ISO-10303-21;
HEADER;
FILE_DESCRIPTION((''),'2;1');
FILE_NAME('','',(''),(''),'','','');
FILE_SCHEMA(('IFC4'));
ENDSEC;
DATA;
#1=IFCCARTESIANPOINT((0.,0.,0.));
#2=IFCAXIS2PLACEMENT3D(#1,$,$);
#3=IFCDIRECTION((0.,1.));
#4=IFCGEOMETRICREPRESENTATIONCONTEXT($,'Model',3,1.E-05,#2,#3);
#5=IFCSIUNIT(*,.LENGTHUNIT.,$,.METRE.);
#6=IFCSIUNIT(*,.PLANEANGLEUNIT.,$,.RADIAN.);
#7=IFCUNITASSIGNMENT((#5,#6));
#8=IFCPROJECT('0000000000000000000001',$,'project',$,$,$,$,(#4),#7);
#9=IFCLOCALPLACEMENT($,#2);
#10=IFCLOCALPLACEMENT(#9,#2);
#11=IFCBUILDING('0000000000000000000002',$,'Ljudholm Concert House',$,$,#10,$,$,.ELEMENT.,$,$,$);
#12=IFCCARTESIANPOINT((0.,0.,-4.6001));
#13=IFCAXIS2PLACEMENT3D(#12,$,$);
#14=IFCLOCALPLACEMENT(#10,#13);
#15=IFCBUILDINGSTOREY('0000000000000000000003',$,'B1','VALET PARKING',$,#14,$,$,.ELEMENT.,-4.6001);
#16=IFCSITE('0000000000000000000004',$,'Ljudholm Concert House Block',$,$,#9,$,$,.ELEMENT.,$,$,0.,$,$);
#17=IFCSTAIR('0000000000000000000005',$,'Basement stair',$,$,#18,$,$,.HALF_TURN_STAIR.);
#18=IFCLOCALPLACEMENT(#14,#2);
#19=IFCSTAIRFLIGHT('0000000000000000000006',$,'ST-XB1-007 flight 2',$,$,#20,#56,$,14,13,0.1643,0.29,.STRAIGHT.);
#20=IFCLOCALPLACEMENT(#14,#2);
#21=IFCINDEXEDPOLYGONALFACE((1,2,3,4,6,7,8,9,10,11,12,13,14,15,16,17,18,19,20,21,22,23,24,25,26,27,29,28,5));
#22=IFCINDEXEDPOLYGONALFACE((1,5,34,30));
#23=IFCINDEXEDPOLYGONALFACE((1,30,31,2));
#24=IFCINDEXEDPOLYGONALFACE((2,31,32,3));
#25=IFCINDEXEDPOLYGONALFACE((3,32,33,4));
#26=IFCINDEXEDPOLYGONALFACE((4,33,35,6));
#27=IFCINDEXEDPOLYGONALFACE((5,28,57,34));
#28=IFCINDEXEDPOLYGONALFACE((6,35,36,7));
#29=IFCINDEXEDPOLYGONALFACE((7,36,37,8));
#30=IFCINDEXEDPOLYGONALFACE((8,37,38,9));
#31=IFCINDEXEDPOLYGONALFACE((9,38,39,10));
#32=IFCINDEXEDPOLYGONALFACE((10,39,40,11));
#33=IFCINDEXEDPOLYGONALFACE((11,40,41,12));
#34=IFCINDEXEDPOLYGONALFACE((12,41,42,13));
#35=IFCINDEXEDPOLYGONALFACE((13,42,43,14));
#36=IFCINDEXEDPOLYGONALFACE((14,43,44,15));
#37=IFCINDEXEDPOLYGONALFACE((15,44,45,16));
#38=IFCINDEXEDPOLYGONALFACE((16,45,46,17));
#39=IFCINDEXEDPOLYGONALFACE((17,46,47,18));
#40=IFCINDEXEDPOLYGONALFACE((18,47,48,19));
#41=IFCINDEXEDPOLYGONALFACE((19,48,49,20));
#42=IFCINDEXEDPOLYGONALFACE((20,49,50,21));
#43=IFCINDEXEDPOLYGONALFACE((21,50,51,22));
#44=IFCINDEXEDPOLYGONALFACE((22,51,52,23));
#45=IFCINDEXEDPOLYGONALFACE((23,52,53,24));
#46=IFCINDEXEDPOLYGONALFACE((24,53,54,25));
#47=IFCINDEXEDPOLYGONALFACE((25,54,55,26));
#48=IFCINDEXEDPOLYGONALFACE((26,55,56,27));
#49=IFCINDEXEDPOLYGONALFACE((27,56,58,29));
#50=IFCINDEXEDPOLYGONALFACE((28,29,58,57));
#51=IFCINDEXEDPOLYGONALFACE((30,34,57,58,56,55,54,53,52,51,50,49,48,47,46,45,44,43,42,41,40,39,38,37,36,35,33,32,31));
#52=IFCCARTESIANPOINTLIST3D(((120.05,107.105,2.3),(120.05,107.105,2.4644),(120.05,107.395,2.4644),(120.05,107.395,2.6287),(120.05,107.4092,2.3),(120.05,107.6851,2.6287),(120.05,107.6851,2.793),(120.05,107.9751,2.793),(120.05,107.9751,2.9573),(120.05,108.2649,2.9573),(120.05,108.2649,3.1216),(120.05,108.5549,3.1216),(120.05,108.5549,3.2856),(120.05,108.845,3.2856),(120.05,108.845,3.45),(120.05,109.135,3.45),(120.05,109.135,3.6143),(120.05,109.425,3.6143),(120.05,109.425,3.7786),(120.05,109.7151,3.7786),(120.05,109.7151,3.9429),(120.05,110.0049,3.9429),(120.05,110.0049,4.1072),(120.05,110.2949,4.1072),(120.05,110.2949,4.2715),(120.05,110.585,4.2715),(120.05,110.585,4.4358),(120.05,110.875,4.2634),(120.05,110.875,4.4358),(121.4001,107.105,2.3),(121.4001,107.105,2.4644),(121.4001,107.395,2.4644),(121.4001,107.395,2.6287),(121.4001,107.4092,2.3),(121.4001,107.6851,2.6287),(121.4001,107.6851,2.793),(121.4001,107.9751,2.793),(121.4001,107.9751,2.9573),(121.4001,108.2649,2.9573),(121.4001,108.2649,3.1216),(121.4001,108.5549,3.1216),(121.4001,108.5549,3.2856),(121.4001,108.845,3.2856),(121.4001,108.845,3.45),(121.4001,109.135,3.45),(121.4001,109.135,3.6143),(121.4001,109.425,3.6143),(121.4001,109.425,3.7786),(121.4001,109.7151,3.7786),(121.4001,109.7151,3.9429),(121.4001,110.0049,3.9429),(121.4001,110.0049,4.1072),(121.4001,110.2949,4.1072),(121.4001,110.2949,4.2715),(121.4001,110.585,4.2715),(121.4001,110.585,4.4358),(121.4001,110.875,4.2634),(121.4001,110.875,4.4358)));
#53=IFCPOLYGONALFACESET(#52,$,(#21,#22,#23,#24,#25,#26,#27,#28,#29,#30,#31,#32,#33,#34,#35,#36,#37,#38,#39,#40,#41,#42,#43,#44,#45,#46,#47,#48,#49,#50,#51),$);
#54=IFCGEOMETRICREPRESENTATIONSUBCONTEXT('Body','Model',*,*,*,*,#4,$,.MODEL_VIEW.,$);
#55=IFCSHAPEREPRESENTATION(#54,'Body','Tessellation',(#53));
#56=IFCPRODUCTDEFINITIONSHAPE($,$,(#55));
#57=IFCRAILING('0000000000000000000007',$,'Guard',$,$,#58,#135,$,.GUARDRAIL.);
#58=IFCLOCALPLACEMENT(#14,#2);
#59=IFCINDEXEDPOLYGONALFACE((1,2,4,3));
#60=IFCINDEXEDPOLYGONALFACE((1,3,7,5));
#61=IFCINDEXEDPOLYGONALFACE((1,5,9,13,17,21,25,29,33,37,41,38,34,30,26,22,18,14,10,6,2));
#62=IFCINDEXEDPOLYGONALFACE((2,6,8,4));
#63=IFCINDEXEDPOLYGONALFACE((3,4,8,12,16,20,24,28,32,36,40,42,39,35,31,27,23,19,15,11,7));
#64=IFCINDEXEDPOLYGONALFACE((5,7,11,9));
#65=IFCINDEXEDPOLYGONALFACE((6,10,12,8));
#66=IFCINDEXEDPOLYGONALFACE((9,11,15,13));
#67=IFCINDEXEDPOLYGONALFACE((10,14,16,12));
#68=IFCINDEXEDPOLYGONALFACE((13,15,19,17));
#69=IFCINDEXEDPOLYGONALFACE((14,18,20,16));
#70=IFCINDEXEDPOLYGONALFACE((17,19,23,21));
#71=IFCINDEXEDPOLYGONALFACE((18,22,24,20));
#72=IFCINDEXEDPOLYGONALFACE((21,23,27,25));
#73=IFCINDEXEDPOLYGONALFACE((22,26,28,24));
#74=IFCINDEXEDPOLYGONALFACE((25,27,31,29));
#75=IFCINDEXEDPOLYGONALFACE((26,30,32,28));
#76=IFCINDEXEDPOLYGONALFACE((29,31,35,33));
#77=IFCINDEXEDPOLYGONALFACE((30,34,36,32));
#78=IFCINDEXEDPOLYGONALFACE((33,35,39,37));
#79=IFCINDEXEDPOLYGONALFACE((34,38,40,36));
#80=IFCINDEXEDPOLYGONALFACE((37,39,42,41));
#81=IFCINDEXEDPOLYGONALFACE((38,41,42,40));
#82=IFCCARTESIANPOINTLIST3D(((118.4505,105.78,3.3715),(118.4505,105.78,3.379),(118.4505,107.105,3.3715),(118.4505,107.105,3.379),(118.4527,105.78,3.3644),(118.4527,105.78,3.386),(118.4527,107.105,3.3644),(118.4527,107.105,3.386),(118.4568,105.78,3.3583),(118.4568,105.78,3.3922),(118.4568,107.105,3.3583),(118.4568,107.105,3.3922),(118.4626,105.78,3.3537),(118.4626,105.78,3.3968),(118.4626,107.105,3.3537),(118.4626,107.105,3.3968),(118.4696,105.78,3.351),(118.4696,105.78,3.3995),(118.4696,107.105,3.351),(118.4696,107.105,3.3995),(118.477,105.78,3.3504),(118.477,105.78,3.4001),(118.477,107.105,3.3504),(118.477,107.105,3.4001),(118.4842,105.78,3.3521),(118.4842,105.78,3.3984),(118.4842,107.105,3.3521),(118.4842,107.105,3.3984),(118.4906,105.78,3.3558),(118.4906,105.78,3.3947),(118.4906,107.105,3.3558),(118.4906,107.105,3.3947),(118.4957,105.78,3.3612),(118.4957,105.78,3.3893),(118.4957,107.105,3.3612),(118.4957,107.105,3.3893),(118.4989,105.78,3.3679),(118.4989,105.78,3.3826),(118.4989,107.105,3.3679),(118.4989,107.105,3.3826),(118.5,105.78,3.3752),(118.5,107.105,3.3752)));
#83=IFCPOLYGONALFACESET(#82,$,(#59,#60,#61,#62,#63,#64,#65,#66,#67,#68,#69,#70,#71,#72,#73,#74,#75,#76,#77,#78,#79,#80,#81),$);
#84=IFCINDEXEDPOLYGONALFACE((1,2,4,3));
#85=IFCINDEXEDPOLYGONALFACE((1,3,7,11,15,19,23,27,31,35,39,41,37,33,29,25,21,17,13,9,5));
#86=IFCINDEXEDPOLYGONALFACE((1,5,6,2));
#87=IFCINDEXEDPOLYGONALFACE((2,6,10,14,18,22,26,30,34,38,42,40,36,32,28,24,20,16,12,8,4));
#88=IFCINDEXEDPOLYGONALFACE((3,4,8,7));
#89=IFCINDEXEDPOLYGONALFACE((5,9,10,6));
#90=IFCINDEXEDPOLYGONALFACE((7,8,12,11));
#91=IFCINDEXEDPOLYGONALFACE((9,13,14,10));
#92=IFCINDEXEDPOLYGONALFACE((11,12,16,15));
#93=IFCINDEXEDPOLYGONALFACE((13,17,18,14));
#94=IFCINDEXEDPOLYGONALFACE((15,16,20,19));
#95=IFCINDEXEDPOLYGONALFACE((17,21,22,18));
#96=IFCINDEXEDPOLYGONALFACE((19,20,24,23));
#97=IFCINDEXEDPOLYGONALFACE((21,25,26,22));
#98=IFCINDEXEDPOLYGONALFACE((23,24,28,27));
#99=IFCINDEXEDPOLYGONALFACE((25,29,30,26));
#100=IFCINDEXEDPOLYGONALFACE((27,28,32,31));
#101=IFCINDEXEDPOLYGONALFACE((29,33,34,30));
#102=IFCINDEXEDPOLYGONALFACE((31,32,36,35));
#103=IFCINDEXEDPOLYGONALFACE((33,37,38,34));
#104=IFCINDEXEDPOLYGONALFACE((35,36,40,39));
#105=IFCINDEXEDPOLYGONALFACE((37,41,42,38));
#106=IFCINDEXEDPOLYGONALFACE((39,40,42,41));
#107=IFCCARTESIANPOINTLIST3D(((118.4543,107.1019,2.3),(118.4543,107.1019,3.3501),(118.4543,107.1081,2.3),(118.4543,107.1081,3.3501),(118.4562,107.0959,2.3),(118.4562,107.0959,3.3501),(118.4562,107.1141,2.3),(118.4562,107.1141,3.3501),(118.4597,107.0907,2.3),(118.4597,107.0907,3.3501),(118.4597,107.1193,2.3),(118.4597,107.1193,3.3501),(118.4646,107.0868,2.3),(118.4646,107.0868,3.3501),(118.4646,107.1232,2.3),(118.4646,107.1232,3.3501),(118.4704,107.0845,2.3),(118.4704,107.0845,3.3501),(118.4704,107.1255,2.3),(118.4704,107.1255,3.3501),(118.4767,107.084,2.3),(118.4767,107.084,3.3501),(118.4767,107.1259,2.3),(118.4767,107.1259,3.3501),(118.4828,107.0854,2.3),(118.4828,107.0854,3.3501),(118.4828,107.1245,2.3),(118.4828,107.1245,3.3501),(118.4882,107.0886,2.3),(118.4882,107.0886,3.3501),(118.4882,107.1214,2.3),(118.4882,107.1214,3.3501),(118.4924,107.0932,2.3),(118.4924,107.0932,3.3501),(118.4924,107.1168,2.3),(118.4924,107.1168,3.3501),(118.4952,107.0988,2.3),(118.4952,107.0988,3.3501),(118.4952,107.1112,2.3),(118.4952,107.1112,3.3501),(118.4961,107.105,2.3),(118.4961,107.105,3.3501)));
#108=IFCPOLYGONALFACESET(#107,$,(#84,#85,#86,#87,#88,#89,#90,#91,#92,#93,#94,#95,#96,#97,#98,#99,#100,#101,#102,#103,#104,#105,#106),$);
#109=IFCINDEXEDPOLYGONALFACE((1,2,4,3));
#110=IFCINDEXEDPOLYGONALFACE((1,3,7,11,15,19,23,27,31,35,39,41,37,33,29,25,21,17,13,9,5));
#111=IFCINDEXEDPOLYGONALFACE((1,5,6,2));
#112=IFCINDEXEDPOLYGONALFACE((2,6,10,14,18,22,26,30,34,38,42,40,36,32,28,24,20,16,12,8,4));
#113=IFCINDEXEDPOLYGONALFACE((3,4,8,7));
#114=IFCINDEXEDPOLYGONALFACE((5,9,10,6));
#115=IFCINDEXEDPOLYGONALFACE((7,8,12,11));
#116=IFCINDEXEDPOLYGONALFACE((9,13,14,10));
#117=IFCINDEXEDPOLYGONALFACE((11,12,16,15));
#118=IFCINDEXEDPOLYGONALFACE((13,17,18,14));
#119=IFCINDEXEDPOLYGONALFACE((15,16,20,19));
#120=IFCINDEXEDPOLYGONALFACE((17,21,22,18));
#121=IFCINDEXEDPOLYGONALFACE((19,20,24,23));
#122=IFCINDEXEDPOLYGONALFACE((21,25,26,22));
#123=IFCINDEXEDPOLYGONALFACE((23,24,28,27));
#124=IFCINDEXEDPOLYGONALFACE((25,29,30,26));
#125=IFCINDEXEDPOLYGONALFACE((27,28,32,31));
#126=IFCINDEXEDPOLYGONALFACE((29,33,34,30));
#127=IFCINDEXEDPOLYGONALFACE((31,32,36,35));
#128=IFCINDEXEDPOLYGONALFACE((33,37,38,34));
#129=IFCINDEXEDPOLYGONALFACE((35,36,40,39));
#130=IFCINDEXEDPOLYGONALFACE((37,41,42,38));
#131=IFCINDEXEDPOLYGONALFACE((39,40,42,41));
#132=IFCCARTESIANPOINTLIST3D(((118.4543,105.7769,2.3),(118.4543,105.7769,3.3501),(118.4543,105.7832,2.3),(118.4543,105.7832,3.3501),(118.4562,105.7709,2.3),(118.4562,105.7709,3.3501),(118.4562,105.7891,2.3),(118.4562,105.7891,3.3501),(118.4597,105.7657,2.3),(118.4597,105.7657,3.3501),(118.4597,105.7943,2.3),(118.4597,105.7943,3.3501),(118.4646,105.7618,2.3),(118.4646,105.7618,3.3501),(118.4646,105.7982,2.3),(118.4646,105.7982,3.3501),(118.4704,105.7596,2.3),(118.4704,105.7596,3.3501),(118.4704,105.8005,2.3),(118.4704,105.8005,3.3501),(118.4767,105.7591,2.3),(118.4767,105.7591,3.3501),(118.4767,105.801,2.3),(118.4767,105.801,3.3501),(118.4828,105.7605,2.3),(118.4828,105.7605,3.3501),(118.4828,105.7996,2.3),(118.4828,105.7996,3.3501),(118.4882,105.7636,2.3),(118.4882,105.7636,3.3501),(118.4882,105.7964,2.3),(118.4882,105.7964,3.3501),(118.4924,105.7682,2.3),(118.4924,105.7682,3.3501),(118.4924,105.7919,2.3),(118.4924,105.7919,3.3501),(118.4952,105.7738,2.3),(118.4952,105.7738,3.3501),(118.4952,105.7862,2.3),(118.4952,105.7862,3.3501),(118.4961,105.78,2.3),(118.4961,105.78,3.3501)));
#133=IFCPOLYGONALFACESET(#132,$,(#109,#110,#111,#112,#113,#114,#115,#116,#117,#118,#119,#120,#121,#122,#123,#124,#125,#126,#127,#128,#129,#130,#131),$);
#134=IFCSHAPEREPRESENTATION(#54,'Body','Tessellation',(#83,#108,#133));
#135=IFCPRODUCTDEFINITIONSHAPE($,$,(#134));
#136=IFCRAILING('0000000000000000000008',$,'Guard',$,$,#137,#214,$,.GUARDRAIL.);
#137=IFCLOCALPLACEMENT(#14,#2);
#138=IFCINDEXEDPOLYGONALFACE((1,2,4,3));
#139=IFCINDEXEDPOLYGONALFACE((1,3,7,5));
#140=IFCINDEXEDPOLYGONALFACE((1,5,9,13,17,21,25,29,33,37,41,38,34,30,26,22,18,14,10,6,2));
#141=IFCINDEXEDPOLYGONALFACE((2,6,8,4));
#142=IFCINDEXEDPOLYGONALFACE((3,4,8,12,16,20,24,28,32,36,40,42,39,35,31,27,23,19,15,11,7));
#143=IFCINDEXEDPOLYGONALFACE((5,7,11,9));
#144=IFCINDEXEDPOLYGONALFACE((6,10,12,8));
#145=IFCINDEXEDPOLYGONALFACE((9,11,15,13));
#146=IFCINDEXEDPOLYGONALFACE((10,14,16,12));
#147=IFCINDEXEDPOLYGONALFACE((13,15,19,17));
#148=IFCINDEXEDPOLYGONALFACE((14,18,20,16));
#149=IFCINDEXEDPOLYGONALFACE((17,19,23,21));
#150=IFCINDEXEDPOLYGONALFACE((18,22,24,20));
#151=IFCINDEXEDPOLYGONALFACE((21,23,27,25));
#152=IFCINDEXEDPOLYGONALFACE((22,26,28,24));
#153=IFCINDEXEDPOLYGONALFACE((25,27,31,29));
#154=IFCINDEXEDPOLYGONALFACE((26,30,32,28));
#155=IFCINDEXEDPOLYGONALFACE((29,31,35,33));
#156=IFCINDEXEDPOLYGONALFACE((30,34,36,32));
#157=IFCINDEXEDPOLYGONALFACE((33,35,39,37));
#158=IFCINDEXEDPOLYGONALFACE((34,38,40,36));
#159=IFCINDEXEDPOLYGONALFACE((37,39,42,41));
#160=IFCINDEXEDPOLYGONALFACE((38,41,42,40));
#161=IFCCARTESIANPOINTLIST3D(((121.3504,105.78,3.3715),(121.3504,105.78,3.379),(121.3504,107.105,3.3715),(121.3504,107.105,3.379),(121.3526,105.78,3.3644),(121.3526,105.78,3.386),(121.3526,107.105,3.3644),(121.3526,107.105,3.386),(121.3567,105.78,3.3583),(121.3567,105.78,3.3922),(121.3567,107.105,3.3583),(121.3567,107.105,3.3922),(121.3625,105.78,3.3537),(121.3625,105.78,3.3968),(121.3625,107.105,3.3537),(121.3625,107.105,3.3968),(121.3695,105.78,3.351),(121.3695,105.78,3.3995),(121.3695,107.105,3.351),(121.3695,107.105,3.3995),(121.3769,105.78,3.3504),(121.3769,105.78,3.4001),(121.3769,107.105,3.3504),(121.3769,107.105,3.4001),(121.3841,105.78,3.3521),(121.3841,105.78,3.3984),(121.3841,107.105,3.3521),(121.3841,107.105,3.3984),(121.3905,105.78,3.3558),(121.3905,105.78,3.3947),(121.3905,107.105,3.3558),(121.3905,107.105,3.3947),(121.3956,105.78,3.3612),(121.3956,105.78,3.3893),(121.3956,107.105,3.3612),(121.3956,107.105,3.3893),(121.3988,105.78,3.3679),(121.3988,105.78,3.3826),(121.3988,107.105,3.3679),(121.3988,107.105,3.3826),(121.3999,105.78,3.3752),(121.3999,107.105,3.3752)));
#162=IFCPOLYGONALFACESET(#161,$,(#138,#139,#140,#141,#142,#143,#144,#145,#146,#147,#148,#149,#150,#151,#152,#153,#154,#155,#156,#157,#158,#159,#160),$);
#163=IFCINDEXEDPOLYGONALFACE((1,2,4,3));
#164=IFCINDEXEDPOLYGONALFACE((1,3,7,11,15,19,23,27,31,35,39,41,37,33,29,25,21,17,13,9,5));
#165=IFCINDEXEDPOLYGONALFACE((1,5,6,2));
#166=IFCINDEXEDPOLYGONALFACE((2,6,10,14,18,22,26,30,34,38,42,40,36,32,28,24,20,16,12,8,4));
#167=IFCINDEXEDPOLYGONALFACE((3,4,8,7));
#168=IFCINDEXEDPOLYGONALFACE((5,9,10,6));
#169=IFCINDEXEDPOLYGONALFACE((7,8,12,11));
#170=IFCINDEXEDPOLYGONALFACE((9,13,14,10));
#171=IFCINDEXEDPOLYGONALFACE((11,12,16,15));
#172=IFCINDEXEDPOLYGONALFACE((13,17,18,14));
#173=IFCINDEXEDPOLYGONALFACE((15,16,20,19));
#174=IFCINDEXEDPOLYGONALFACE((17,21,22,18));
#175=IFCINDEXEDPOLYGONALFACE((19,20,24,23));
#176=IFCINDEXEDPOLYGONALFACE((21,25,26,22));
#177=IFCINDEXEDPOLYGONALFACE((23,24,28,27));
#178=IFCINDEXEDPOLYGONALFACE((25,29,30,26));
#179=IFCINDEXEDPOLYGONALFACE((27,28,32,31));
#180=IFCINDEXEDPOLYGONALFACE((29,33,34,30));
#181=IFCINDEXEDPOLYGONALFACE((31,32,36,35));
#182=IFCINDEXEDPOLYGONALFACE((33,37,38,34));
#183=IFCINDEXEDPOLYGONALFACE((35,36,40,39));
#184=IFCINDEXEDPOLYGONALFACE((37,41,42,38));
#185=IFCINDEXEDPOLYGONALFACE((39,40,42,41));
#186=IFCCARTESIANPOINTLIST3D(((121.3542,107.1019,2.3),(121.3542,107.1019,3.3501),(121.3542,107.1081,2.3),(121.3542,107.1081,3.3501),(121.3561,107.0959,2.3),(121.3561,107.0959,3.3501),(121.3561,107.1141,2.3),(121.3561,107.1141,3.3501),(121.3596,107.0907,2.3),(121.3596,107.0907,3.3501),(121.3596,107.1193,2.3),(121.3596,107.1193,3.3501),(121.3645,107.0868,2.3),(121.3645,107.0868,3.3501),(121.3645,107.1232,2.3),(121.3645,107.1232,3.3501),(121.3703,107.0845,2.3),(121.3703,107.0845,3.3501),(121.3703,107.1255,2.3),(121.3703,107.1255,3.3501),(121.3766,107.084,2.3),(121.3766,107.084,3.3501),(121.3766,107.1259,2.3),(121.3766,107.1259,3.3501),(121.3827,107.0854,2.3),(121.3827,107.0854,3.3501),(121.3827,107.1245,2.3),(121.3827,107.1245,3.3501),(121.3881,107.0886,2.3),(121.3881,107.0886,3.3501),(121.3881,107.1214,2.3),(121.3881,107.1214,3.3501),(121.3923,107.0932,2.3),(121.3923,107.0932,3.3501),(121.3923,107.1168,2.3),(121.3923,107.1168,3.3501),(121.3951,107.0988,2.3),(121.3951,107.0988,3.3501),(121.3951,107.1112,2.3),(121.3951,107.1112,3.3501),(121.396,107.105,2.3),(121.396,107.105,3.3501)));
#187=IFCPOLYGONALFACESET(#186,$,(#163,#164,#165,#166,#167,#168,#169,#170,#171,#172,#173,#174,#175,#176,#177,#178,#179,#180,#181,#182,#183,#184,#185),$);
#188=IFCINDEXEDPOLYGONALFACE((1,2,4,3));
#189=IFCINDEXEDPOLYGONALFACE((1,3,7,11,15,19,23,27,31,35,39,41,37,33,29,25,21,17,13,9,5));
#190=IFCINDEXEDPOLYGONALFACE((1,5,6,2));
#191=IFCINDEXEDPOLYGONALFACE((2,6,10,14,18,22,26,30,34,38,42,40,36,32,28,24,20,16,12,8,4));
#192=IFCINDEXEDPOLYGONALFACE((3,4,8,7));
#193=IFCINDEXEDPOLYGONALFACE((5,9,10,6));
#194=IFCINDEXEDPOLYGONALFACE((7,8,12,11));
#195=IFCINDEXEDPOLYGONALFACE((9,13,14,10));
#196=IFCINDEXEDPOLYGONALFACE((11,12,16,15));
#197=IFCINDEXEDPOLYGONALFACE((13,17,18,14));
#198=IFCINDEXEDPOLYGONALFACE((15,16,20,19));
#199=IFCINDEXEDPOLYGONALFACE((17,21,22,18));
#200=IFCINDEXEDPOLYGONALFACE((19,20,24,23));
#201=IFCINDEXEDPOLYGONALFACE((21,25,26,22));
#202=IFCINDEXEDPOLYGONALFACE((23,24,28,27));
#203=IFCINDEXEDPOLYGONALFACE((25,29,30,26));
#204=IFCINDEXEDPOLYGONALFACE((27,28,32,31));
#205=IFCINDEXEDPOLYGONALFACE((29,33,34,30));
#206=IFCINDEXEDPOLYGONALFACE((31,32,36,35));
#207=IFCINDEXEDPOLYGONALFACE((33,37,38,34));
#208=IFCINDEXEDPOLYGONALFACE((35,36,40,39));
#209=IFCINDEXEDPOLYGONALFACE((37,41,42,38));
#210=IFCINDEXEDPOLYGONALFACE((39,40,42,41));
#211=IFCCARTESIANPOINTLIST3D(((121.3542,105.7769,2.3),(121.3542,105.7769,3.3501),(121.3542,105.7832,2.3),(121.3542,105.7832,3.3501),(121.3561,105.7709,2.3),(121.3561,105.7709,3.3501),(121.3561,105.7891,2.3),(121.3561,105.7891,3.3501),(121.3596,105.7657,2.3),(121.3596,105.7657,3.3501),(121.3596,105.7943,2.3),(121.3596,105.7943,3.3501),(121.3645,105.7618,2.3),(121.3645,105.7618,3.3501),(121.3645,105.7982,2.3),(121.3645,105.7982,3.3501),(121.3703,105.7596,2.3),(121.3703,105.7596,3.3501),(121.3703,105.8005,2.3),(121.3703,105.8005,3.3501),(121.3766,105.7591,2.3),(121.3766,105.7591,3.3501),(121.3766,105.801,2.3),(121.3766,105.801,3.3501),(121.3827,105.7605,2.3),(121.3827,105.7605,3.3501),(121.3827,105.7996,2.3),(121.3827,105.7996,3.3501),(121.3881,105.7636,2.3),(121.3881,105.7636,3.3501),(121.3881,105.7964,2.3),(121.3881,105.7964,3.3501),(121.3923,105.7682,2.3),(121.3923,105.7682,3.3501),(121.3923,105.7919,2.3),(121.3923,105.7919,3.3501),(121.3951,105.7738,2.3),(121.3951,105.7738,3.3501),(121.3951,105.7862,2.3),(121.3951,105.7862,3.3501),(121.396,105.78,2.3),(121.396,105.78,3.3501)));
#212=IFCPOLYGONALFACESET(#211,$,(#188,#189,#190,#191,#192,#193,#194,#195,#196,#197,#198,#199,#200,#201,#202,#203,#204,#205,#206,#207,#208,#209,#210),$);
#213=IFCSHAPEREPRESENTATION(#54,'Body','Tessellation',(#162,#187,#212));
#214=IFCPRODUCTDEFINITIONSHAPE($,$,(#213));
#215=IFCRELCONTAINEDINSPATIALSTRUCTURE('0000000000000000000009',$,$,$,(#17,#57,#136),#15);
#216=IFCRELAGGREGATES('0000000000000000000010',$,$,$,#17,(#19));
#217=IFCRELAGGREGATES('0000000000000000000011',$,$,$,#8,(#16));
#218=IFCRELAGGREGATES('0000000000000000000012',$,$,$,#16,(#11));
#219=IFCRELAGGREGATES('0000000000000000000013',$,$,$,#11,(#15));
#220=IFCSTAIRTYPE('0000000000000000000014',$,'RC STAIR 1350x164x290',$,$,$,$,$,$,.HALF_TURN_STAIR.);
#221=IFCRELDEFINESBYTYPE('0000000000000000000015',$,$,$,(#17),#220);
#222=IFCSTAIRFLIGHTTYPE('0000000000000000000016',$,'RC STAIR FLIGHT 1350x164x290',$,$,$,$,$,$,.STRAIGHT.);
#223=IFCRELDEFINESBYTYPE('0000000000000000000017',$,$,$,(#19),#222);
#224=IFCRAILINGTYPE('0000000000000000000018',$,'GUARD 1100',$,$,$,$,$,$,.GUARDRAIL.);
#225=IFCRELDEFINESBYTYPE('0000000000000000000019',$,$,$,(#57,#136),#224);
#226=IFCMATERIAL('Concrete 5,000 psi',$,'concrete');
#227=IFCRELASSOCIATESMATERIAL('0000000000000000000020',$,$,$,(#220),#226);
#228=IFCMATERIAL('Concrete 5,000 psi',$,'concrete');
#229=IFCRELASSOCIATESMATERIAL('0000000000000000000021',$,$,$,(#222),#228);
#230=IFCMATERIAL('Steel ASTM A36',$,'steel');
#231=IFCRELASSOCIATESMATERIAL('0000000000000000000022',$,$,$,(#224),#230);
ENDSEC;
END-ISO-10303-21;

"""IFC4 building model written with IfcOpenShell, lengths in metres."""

from ifc_helpers import new_model, si_unit, direction, frame, origin, origin_2d, place, context, subcontext, project, spatial, polyline, circle, outline, extrude, material, type_object, element, aggregate, save


model = new_model("IFC4")

# Units and contexts
model_context = context("Model", 3, precision=1e-05, world=origin(), true_north=direction((0.0, 1.0)))
body_context = subcontext(model_context, "Body", "Model", "MODEL_VIEW")
ifc_project = project(units=[si_unit("LENGTHUNIT", "METRE"), si_unit("PLANEANGLEUNIT", "RADIAN")], contexts=[model_context])

# Site, building, storey
site_placement = place(None, origin())
site = spatial("IfcSite", under=ifc_project, at=site_placement, Name="Ljudholm Concert House Block", CompositionType="ELEMENT", RefElevation=0.0)
building_placement = place(site_placement, origin())
building = spatial("IfcBuilding", under=site, at=building_placement, Name="Ljudholm Concert House", CompositionType="ELEMENT")
storey_placement = place(building_placement, frame((0.0, 0.0, -4.6001)))
storey = spatial("IfcBuildingStorey", under=building, at=storey_placement, Name="B1", Description="VALET PARKING", CompositionType="ELEMENT", Elevation=-4.6001)

# Stair, stair flight
ifc_material_1 = material(Name="Concrete 5,000 psi", Category="concrete")
stair_type = type_object("IfcStairType", Name="RC STAIR 1350x164x290", PredefinedType="HALF_TURN_STAIR", material=ifc_material_1)
stair_placement = place(storey_placement, origin())
stair = element("IfcStair", 1, at=stair_placement, inside=storey, type_object=stair_type, Name="Basement stair", PredefinedType="HALF_TURN_STAIR")
ifc_material_2 = material(Name="Concrete 5,000 psi", Category="concrete")
stair_flight_type = type_object("IfcStairFlightType", Name="RC STAIR FLIGHT 1350x164x290", PredefinedType="STRAIGHT", material=ifc_material_2)
stair_flight_1_placement = place(storey_placement, frame((120.7251, 107.105, 2.3), z_axis=(0.0, 0.0, 1.0), x_axis=(0.0, 1.0, 0.0)))
stair_flight_1 = element("IfcStairFlight", 2, at=stair_flight_1_placement, type_object=stair_flight_type, Name="ST-XB1-007 flight 2", NumberOfRisers=14, NumberOfTreads=13, PredefinedType="STRAIGHT", RiserHeight=0.1643, TreadLength=0.29, context=body_context, shape_type="SweptSolid", body=[
    extrude(outline(polyline([(0.0, 0.0), (0.0, 0.1643), (0.29, 0.1643), (0.29, 0.3286), (0.5801, 0.3286), (0.5801, 0.4929), (0.8701, 0.4929), (0.8701, 0.6572), (1.1599, 0.6572), (1.1599, 0.8215), (1.45, 0.8215), (1.45, 0.9856), (1.74, 0.9856), (1.74, 1.1499), (2.03, 1.1499), (2.03, 1.3142), (2.3201, 1.3142), (2.3201, 1.4785), (2.6101, 1.4785), (2.6101, 1.6428), (2.8999, 1.6428), (2.8999, 1.8071), (3.1899, 1.8071), (3.1899, 1.9714), (3.48, 1.9714), (3.48, 2.1357), (3.77, 2.1357), (3.77, 2.3), (3.77, 1.9634), (0.3042, 0.0), (0.0, 0.0)])), frame((0.0, 0.675, 0.0), z_axis=(0.0, -1.0, 0.0), x_axis=(1.0, 0.0, 0.0)), (0.0, 0.0, 1.0), 1.3501),
])
aggregate(stair, [stair_flight_1])

# Railings
ifc_material_3 = material(Name="Steel ASTM A36", Category="steel")
railing_type_1 = type_object("IfcRailingType", Name="GUARD 1100", PredefinedType="GUARDRAIL", material=ifc_material_3)
for number, where, name in (
    (3, (118.4751, 107.105, 2.3), "Guard"),
    (4, (121.375, 107.105, 2.3), "Guard"),
):
    element("IfcRailing", number, at=place(storey_placement, frame(where)), inside=storey, type_object=railing_type_1, Name=name, PredefinedType="GUARDRAIL", context=body_context, shape_type="SweptSolid", body=[
        extrude(circle(Radius=0.0249, at=origin_2d()), frame((0.0, 0.0, 1.0752), z_axis=(0.0, -1.0, 0.0), x_axis=(1.0, 0.0, 0.0)), (0.0, 0.0, 1.0), 1.325),
        extrude(circle(Radius=0.021, at=origin_2d()), origin(), (0.0, 0.0, 1.0), 1.05),
        extrude(circle(Radius=0.021, at=origin_2d()), frame((0.0, -1.325, 0.0)), (0.0, 0.0, 1.0), 1.05),
    ])

save(model, "model.ifc")
